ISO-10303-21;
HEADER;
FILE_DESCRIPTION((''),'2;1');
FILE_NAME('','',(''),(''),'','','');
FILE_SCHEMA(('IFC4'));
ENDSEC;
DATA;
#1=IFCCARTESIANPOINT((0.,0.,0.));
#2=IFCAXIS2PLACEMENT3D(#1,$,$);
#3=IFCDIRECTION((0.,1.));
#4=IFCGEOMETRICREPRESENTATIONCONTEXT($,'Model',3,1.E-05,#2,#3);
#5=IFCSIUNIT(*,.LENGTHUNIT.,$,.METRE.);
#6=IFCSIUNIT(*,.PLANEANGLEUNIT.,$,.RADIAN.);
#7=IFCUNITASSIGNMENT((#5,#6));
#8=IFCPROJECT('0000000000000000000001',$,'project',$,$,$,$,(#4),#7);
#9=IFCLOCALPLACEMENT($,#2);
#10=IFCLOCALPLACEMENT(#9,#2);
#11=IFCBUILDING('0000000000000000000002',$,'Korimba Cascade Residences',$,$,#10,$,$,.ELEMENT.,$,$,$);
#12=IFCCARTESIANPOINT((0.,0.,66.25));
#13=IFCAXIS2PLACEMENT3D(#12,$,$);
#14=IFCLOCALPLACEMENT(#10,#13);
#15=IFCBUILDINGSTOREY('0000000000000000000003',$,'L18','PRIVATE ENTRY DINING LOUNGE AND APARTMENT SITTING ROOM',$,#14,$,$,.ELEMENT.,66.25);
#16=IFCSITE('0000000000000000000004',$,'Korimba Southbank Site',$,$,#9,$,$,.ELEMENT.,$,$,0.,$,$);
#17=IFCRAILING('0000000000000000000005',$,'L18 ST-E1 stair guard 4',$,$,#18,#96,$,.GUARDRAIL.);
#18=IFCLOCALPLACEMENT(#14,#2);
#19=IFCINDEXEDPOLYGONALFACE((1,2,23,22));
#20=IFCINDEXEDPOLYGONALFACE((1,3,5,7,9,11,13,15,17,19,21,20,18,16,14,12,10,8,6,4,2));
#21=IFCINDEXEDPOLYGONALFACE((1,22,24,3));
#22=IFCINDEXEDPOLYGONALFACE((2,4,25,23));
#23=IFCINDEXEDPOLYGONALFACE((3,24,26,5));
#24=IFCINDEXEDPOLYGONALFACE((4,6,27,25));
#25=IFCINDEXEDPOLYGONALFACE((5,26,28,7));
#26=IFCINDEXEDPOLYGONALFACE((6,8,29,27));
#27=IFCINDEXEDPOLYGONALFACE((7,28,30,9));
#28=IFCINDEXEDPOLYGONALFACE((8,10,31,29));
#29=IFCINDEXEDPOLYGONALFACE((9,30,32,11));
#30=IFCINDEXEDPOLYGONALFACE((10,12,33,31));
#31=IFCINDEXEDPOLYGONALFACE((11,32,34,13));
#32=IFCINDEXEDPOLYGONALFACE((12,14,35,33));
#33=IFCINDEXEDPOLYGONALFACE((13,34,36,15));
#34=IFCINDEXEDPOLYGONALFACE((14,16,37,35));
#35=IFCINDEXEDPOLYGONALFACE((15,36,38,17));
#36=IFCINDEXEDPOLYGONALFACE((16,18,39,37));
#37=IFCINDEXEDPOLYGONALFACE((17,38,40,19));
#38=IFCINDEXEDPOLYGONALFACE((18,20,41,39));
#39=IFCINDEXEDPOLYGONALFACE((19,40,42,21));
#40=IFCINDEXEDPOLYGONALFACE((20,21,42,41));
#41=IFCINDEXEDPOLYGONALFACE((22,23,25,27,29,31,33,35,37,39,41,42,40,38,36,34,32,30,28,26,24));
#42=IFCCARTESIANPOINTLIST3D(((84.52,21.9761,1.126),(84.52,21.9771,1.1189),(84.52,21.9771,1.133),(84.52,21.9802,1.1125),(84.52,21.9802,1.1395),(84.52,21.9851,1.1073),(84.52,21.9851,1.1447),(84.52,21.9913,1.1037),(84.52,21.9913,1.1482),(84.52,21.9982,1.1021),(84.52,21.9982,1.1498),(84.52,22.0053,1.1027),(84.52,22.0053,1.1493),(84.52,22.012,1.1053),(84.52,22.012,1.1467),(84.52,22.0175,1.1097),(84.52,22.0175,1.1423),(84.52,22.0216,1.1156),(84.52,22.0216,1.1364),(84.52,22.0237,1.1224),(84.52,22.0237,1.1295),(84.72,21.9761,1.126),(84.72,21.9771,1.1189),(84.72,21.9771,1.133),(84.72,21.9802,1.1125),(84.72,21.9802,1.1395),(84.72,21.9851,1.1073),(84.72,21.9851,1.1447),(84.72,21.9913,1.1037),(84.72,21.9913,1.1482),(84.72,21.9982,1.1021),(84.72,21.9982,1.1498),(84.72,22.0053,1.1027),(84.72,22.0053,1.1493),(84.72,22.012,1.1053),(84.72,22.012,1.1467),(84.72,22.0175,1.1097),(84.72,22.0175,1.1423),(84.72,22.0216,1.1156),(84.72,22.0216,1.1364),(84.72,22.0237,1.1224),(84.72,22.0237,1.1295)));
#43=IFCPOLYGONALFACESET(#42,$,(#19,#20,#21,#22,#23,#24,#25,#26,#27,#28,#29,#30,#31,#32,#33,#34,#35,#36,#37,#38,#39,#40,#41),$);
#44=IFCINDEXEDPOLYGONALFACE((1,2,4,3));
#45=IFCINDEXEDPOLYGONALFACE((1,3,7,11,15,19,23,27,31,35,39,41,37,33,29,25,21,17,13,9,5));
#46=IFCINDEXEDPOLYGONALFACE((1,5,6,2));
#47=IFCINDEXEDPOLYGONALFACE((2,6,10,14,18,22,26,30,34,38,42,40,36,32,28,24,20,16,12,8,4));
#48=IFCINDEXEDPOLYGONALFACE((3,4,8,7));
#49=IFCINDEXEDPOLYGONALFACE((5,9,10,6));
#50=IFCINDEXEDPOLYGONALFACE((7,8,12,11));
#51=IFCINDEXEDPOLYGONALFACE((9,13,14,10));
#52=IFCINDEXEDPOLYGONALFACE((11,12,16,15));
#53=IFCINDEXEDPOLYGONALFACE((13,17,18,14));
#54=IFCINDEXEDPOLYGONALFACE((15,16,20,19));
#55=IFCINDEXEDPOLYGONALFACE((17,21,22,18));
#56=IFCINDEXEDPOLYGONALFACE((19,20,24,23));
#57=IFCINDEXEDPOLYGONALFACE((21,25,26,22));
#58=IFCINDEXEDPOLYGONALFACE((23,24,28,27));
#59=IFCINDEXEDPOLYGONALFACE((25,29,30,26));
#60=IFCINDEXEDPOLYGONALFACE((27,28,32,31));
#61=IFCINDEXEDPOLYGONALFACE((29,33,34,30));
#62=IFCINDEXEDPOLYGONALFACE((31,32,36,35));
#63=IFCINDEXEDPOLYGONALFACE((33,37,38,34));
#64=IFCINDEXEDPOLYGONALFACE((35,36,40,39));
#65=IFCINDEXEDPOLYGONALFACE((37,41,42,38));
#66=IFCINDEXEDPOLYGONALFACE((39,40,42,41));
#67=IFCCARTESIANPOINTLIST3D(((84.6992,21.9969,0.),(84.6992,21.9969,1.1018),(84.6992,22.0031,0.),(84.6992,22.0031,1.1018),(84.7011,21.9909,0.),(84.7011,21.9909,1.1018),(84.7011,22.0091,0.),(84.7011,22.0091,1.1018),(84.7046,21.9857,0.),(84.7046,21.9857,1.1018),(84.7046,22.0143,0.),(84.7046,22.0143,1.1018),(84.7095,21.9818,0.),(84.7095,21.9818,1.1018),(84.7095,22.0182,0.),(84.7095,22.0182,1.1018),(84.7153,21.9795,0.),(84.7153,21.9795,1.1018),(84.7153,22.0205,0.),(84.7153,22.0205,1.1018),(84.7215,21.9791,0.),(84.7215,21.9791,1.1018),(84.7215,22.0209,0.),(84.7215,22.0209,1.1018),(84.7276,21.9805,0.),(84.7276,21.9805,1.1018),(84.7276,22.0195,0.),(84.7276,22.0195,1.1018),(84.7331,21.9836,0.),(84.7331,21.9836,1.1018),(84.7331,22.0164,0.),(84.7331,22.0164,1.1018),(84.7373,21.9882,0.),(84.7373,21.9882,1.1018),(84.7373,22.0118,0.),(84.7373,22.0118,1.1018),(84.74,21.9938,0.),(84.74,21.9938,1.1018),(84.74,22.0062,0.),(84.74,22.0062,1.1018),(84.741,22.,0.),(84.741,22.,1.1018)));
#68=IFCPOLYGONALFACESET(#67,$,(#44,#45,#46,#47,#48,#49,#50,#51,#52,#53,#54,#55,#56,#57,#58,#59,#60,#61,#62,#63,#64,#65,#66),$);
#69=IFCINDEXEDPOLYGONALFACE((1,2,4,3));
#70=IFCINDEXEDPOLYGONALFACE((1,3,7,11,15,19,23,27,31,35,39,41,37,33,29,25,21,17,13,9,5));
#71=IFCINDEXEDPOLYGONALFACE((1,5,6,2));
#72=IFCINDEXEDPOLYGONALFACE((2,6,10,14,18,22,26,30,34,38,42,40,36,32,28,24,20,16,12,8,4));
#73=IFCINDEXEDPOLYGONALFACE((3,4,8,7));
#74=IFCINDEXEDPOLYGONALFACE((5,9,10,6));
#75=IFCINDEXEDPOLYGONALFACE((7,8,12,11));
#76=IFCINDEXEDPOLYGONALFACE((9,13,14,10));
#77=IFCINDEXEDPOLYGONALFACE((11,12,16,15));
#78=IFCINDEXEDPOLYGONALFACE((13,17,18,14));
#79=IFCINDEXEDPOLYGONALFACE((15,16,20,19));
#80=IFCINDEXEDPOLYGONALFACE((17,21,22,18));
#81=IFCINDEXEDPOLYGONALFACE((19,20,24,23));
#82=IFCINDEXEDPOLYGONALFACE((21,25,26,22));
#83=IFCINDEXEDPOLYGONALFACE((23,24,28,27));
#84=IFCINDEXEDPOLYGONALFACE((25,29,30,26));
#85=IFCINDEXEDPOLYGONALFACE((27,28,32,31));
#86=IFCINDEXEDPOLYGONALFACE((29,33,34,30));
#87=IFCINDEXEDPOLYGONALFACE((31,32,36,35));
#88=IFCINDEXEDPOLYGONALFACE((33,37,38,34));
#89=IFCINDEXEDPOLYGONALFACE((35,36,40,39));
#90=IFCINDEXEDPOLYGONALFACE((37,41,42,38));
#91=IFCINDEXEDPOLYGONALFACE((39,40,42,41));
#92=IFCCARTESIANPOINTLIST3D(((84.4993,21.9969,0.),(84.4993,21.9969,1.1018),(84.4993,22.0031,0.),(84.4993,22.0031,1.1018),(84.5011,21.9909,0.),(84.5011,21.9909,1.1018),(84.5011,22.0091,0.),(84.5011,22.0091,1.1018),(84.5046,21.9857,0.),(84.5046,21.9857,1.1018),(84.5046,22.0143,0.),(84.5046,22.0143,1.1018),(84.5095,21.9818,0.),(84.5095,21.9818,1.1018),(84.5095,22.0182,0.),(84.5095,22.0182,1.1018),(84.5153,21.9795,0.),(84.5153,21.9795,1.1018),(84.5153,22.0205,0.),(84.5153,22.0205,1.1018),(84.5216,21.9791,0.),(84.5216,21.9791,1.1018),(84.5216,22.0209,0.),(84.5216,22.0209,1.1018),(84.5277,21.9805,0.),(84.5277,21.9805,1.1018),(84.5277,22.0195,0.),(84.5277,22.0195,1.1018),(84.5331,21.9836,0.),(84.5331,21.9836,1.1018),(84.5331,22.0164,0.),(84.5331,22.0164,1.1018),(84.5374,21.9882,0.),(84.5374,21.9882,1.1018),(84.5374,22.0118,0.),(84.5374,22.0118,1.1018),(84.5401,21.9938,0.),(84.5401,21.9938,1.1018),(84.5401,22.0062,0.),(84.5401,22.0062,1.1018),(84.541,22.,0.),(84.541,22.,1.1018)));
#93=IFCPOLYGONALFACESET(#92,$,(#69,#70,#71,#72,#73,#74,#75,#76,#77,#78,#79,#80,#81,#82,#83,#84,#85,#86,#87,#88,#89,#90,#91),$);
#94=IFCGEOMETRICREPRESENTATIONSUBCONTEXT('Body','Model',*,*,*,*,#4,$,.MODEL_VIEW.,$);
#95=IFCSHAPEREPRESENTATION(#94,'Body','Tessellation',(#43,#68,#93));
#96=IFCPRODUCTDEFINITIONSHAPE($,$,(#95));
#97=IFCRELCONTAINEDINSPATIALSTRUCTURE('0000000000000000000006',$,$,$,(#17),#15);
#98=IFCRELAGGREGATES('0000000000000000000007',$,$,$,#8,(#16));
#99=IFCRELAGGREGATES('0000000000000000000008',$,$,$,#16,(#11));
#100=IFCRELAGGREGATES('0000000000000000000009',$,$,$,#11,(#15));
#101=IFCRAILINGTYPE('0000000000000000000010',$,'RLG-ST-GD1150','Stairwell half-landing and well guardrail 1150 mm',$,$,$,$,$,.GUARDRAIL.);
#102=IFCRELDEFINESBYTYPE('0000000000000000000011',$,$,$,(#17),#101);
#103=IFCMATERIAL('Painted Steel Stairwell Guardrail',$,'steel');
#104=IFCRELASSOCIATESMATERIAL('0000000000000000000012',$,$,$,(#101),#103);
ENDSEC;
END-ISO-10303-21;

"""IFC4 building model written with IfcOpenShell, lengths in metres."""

from ifc_helpers import new_model, si_unit, direction, frame, origin, origin_2d, place, context, subcontext, project, spatial, circle, extrude, material, type_object, element, save


model = new_model("IFC4")

# Units and contexts
model_context = context("Model", 3, precision=1e-05, world=origin(), true_north=direction((0.0, 1.0)))
body_context = subcontext(model_context, "Body", "Model", "MODEL_VIEW")
ifc_project = project(units=[si_unit("LENGTHUNIT", "METRE"), si_unit("PLANEANGLEUNIT", "RADIAN")], contexts=[model_context])

# Site, building, storey
site_placement = place(None, origin())
site = spatial("IfcSite", under=ifc_project, at=site_placement, Name="Korimba Southbank Site", CompositionType="ELEMENT", RefElevation=0.0)
building_placement = place(site_placement, origin())
building = spatial("IfcBuilding", under=site, at=building_placement, Name="Korimba Cascade Residences", CompositionType="ELEMENT")
storey_placement = place(building_placement, frame((0.0, 0.0, 66.25)))
storey = spatial("IfcBuildingStorey", under=building, at=storey_placement, Name="L18", Description="PRIVATE ENTRY DINING LOUNGE AND APARTMENT SITTING ROOM", CompositionType="ELEMENT", Elevation=66.25)

# Railing
ifc_material_1 = material(Name="Painted Steel Stairwell Guardrail", Category="steel")
railing_type_1 = type_object("IfcRailingType", Name="RLG-ST-GD1150", Description="Stairwell half-landing and well guardrail 1150 mm", PredefinedType="GUARDRAIL", material=ifc_material_1)
railing_1_placement = place(storey_placement, frame((84.72, 22.0, 0.0)))
element("IfcRailing", 1, at=railing_1_placement, inside=storey, type_object=railing_type_1, Name="L18 ST-E1 stair guard 4", PredefinedType="GUARDRAIL", context=body_context, shape_type="SweptSolid", body=[
    extrude(circle(Radius=0.0239, at=origin_2d()), frame((0.0, 0.0, 1.126), z_axis=(-1.0, 0.0, 0.0), x_axis=(0.0, -1.0, 0.0)), (0.0, 0.0, 1.0), 0.2),
    extrude(circle(Radius=0.021, at=origin_2d()), origin(), (0.0, 0.0, 1.0), 1.1018),
    extrude(circle(Radius=0.021, at=origin_2d()), frame((-0.2, 0.0, 0.0)), (0.0, 0.0, 1.0), 1.1018),
])

save(model, "model.ifc")
